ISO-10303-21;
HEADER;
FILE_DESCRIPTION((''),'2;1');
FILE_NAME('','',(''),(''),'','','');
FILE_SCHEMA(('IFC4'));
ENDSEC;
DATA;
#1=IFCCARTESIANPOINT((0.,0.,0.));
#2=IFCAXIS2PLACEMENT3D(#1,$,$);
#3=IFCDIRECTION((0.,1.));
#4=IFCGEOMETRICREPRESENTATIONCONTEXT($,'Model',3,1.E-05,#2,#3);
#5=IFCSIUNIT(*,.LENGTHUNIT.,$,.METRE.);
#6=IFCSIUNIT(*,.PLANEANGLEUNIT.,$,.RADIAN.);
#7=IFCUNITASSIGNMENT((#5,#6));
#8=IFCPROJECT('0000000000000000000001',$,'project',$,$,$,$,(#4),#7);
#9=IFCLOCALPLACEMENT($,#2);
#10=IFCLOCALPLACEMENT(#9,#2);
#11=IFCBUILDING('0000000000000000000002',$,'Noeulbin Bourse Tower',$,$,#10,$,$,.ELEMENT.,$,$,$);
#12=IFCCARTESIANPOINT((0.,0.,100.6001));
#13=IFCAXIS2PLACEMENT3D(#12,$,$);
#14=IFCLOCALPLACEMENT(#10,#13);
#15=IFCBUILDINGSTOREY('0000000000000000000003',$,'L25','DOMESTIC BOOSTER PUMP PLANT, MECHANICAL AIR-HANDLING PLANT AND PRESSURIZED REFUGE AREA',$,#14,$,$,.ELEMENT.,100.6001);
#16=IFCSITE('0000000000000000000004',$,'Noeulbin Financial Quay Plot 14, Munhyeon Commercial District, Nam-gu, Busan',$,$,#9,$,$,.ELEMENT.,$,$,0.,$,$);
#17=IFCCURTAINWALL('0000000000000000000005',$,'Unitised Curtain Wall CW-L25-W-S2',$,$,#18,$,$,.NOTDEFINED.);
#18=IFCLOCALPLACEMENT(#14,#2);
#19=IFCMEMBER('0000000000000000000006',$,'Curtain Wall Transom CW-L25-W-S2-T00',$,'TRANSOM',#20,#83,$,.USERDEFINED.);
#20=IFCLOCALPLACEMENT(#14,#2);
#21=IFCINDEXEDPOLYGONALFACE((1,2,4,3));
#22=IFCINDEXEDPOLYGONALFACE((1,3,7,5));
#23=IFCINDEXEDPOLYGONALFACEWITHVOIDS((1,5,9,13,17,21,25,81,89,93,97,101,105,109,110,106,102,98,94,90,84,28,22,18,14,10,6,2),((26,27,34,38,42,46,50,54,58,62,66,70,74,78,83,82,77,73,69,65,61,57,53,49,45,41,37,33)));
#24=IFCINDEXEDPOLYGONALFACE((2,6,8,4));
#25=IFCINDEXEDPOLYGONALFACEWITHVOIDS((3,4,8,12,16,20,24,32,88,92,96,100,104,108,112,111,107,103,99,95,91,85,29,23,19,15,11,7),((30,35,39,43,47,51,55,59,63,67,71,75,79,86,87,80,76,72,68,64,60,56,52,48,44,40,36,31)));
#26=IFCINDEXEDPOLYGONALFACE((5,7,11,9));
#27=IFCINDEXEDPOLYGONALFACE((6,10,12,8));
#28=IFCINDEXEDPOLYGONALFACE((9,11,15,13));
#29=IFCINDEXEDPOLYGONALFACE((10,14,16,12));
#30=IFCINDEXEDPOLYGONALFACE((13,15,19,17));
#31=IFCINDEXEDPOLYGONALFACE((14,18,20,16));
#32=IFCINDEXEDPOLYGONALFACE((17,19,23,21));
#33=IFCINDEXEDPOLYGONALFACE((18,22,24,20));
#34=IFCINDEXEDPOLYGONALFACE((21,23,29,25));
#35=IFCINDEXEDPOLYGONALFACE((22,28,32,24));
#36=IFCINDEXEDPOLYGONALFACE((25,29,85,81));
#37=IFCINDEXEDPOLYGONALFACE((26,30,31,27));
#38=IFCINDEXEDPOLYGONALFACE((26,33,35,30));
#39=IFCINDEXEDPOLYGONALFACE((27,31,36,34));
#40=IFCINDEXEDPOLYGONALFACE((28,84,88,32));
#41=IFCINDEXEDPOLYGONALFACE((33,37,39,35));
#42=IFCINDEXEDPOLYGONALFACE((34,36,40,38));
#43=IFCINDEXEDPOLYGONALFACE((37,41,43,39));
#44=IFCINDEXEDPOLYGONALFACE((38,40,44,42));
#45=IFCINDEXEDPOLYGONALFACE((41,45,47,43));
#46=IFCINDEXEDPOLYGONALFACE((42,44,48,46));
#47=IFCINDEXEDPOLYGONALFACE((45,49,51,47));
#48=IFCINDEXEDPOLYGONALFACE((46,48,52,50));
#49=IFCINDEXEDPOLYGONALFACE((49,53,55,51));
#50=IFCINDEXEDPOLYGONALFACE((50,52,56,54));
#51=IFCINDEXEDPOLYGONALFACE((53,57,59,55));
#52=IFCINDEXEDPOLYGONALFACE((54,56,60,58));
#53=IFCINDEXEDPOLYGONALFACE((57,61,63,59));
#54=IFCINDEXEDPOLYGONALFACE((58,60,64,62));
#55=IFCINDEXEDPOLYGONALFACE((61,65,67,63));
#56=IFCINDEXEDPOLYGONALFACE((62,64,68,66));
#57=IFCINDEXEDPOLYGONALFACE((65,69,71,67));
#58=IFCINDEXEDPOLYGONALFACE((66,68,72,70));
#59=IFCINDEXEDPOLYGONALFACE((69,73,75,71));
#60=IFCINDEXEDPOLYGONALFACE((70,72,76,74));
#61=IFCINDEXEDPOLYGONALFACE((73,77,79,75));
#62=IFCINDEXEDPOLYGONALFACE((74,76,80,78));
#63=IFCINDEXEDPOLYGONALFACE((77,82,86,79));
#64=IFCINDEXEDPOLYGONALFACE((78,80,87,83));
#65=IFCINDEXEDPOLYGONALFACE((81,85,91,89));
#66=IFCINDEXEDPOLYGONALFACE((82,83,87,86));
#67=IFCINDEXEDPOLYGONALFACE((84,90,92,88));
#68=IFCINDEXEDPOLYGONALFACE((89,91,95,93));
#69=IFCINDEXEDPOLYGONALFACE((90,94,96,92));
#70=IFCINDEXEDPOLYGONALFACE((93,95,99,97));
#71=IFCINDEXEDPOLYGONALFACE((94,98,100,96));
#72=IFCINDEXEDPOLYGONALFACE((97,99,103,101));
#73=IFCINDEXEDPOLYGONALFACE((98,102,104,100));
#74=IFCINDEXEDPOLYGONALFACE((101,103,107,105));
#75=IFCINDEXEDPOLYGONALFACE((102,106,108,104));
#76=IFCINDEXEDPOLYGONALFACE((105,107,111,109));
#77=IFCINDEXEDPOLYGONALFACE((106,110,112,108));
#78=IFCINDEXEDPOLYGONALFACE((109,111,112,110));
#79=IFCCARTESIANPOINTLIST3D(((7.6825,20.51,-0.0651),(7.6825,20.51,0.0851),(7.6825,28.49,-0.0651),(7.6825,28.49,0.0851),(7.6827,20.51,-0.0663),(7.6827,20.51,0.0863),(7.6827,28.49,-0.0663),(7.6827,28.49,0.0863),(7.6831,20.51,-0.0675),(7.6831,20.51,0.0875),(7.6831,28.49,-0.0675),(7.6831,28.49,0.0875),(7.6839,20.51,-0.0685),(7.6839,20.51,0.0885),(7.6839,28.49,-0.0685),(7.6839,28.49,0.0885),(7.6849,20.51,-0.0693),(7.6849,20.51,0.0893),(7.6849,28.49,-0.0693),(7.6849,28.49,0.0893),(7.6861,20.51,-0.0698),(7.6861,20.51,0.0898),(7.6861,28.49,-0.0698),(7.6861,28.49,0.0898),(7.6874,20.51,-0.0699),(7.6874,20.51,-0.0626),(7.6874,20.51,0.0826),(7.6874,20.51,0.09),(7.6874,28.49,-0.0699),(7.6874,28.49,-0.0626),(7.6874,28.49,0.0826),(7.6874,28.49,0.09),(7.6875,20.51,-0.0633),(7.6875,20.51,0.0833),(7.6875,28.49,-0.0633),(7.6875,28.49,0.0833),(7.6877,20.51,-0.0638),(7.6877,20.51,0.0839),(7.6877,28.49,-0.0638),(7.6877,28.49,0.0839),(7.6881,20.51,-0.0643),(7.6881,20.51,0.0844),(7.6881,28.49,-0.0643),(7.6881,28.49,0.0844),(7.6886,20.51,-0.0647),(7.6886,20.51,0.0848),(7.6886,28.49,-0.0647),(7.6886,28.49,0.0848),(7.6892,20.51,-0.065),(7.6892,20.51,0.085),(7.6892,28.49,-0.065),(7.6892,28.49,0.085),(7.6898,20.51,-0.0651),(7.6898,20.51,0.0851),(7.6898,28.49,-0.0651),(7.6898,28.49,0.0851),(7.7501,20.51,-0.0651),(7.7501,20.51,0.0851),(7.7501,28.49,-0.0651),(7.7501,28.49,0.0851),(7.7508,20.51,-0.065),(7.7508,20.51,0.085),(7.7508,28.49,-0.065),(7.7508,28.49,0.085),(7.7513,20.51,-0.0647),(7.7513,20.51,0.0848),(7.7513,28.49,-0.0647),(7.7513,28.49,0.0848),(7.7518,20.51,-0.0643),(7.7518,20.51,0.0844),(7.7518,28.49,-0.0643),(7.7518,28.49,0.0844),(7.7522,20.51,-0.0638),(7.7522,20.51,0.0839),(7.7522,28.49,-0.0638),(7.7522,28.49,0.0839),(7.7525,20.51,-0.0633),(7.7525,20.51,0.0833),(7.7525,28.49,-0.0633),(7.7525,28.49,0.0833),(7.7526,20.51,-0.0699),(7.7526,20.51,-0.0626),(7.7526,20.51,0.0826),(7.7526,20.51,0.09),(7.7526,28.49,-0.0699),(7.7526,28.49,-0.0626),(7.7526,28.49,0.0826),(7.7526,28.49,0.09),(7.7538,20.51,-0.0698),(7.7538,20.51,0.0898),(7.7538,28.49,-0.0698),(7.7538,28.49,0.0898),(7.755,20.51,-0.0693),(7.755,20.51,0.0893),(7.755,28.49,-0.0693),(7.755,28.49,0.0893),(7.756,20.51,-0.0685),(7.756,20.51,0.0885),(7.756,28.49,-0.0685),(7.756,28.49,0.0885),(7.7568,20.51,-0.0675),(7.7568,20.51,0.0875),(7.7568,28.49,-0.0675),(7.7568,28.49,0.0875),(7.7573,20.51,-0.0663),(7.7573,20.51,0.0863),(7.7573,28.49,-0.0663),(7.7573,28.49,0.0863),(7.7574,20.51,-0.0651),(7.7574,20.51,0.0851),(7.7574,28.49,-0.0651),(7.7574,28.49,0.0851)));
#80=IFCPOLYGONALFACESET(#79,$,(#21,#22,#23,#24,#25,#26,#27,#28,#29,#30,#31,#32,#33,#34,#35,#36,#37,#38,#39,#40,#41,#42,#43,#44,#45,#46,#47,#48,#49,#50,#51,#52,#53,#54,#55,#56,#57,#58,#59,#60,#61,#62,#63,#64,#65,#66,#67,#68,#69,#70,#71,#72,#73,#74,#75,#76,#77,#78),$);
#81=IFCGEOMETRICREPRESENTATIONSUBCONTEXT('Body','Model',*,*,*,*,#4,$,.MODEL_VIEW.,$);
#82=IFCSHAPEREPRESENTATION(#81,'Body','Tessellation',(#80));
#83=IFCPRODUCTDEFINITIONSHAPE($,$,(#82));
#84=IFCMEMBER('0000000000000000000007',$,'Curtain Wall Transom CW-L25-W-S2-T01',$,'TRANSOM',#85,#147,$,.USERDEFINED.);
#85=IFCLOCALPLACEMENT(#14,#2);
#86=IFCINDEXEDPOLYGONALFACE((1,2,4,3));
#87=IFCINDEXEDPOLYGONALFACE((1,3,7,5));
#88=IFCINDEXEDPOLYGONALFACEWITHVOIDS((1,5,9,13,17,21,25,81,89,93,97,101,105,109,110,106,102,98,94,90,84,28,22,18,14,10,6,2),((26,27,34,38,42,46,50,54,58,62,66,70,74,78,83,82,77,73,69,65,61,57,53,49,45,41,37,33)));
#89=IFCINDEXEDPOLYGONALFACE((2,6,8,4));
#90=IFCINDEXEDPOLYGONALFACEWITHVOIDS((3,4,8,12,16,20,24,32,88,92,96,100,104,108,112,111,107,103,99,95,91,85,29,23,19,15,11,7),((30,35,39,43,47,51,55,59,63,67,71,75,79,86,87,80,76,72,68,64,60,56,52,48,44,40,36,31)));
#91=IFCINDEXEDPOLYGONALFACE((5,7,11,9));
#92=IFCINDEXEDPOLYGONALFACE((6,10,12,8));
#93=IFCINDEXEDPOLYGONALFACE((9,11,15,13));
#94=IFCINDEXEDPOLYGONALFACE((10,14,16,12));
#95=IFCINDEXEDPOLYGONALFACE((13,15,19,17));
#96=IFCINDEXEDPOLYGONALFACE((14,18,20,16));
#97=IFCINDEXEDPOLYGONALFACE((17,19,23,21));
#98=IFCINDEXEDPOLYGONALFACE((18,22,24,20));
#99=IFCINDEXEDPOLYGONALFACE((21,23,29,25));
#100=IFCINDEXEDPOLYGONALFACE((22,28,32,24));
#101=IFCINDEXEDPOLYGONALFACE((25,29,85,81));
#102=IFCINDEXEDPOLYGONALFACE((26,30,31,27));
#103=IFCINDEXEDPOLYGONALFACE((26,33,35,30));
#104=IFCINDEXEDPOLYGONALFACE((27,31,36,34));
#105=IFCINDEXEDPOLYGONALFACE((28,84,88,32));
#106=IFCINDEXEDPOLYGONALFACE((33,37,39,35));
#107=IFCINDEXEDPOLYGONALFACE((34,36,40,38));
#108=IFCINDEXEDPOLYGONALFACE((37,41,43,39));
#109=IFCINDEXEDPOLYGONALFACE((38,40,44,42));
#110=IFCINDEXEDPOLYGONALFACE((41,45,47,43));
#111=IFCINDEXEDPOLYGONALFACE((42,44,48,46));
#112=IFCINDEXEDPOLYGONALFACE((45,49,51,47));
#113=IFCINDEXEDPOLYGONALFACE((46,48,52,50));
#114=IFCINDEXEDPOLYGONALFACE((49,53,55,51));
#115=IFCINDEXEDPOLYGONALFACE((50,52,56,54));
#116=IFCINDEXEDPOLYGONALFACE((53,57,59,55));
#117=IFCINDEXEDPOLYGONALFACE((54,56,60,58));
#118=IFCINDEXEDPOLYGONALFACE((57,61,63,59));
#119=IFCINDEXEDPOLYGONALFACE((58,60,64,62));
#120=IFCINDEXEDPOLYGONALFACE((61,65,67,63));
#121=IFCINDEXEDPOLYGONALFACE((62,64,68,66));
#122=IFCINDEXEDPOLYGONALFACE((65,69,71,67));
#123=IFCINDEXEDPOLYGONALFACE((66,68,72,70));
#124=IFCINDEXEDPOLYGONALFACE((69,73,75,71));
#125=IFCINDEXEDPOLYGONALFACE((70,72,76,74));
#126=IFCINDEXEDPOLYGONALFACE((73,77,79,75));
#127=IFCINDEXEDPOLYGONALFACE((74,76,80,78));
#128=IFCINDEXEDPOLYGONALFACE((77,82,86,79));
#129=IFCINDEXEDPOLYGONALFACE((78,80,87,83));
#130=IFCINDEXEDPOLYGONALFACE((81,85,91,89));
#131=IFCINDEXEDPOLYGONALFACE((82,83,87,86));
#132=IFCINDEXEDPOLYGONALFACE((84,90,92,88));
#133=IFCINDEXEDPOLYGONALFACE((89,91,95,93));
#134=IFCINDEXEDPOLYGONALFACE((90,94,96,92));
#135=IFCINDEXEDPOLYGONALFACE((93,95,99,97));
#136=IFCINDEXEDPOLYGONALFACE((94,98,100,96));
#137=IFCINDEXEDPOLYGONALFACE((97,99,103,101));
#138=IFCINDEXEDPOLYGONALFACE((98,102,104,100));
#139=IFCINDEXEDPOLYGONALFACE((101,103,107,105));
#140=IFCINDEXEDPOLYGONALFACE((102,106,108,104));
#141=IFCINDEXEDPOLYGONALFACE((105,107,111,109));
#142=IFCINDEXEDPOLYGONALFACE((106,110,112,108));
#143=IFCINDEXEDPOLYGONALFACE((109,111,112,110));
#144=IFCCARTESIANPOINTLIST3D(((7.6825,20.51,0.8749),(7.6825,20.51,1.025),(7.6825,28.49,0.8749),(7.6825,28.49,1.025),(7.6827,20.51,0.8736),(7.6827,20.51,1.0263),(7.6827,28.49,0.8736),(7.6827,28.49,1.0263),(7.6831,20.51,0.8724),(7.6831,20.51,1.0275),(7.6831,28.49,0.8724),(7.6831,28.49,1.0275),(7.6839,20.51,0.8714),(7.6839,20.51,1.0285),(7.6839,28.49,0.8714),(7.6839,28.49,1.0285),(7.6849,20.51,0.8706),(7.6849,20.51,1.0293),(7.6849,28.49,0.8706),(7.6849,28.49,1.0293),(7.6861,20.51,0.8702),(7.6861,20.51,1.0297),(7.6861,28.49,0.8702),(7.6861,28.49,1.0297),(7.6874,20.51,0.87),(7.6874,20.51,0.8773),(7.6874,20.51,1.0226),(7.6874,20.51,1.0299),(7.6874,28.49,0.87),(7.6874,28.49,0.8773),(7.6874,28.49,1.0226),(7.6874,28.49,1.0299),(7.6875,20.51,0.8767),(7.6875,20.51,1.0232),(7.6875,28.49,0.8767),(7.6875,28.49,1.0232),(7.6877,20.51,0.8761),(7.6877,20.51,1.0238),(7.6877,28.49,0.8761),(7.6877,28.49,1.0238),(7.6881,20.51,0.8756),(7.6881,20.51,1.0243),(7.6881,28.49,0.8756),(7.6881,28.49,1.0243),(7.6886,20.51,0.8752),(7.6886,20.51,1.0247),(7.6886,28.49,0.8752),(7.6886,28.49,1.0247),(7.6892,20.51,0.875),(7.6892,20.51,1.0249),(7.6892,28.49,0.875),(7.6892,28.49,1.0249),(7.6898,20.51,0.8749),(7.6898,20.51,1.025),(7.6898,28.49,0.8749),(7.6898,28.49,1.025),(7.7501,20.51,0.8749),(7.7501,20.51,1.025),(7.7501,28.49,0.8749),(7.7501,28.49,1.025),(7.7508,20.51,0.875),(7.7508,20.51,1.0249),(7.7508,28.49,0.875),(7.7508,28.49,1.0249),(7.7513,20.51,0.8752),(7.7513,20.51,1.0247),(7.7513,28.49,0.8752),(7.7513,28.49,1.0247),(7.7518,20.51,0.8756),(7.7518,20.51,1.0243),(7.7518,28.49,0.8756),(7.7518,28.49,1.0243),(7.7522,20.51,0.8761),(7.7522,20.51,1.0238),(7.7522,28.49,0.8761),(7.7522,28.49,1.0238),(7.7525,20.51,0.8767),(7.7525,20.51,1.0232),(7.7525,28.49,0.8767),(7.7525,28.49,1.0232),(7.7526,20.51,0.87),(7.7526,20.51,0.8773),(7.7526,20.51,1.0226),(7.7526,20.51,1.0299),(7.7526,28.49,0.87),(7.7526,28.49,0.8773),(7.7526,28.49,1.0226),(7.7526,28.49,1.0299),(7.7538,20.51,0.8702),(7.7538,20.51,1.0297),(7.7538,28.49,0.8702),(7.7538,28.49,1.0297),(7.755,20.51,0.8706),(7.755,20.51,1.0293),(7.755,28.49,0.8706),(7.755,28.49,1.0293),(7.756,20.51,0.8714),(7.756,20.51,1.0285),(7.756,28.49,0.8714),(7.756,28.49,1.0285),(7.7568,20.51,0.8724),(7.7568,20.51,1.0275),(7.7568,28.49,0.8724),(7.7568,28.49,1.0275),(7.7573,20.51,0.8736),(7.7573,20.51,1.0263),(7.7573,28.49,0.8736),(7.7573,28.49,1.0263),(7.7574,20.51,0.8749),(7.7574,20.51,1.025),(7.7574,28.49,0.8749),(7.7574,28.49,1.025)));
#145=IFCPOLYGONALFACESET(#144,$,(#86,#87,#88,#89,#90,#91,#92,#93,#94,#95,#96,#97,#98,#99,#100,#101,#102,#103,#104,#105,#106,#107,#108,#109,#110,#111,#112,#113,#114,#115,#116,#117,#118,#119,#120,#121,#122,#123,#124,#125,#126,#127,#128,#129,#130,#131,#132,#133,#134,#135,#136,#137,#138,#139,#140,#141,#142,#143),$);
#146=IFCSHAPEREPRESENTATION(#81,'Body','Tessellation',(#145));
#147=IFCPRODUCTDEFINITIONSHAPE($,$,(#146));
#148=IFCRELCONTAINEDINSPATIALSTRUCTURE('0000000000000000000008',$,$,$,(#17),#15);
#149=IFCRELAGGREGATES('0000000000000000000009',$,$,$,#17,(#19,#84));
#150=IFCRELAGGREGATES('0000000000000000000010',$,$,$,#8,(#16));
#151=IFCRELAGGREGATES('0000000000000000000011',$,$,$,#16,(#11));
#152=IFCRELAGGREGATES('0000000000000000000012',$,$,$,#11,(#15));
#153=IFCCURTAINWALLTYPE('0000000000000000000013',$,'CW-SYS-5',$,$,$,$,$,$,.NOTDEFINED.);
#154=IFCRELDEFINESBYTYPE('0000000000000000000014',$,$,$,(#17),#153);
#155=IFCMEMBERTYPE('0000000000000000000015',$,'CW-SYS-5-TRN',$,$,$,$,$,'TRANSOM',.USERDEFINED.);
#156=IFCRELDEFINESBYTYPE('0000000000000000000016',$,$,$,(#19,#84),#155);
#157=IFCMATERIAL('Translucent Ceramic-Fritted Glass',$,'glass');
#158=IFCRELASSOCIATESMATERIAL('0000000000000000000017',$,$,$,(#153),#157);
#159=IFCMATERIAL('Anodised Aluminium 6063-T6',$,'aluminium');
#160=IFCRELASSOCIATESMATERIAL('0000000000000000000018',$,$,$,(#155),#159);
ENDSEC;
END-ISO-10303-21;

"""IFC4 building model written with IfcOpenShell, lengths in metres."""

from ifc_helpers import new_model, si_unit, direction, frame, origin, origin_2d, place, context, subcontext, project, spatial, hollow_rectangle, extrude, material, material_profile, profile_set, type_object, element, aggregate, save


model = new_model("IFC4")

# Units and contexts
model_context = context("Model", 3, precision=1e-05, world=origin(), true_north=direction((0.0, 1.0)))
body_context = subcontext(model_context, "Body", "Model", "MODEL_VIEW")
ifc_project = project(units=[si_unit("LENGTHUNIT", "METRE"), si_unit("PLANEANGLEUNIT", "RADIAN")], contexts=[model_context])

# Site, building, storey
site_placement = place(None, origin())
site = spatial("IfcSite", under=ifc_project, at=site_placement, Name="Noeulbin Financial Quay Plot 14, Munhyeon Commercial District, Nam-gu, Busan", CompositionType="ELEMENT", RefElevation=0.0)
building_placement = place(site_placement, origin())
building = spatial("IfcBuilding", under=site, at=building_placement, Name="Noeulbin Bourse Tower", CompositionType="ELEMENT")
storey_placement = place(building_placement, frame((0.0, 0.0, 100.6001)))
storey = spatial("IfcBuildingStorey", under=building, at=storey_placement, Name="L25", Description="DOMESTIC BOOSTER PUMP PLANT, MECHANICAL AIR-HANDLING PLANT AND PRESSURIZED REFUGE AREA", CompositionType="ELEMENT", Elevation=100.6001)

# Shared definitions
ifc_material_1 = material(Name="Translucent Ceramic-Fritted Glass", Category="glass")
curtain_wall_type = type_object("IfcCurtainWallType", Name="CW-SYS-5", PredefinedType="NOTDEFINED", material=ifc_material_1)
ifc_material_2 = material(Name="Anodised Aluminium 6063-T6", Category="aluminium")

# Curtain wall
curtain_wall_1_placement = place(storey_placement, origin())
curtain_wall_1 = element("IfcCurtainWall", 1, at=curtain_wall_1_placement, inside=storey, type_object=curtain_wall_type, Name="Unitised Curtain Wall CW-L25-W-S2", PredefinedType="NOTDEFINED")

# Members
ifc_material_profile_1 = material_profile(ifc_material_2, hollow_rectangle(XDim=0.075, YDim=0.1599, WallThickness=0.0049, InnerFilletRadius=0.0024, OuterFilletRadius=0.0049, at=origin_2d()), Name="ALU-TRAN-75x160x5", Category="LoadBearing")
ifc_profile_set_1 = profile_set([ifc_material_profile_1], Name="Anodised Aluminium 6063-T6")
member_type_1 = type_object("IfcMemberType", Name="CW-SYS-5-TRN", ElementType="TRANSOM", PredefinedType="USERDEFINED", material=ifc_profile_set_1)
member_1_placement = place(storey_placement, frame((7.72, 20.51, 0.01), z_axis=(0.0, 1.0, 0.0), x_axis=(-1.0, 0.0, 0.0)))
member_1 = element("IfcMember", 2, at=member_1_placement, type_object=member_type_1, Name="Curtain Wall Transom CW-L25-W-S2-T00", ObjectType="TRANSOM", PredefinedType="USERDEFINED", context=body_context, shape_type="SweptSolid", body=[
    extrude(hollow_rectangle(XDim=0.075, YDim=0.1599, WallThickness=0.0049, InnerFilletRadius=0.0024, OuterFilletRadius=0.0049, at=origin_2d()), origin(), (0.0, 0.0, 1.0), 7.98),
])
member_2_placement = place(storey_placement, frame((7.72, 20.51, 0.95), z_axis=(0.0, 1.0, 0.0), x_axis=(-1.0, 0.0, 0.0)))
member_2 = element("IfcMember", 3, at=member_2_placement, type_object=member_type_1, Name="Curtain Wall Transom CW-L25-W-S2-T01", ObjectType="TRANSOM", PredefinedType="USERDEFINED", context=body_context, shape_type="SweptSolid", body=[
    extrude(hollow_rectangle(XDim=0.075, YDim=0.1599, WallThickness=0.0049, InnerFilletRadius=0.0024, OuterFilletRadius=0.0049, at=origin_2d()), origin(), (0.0, 0.0, 1.0), 7.98),
])

aggregate(curtain_wall_1, [member_1, member_2])

save(model, "model.ifc")
